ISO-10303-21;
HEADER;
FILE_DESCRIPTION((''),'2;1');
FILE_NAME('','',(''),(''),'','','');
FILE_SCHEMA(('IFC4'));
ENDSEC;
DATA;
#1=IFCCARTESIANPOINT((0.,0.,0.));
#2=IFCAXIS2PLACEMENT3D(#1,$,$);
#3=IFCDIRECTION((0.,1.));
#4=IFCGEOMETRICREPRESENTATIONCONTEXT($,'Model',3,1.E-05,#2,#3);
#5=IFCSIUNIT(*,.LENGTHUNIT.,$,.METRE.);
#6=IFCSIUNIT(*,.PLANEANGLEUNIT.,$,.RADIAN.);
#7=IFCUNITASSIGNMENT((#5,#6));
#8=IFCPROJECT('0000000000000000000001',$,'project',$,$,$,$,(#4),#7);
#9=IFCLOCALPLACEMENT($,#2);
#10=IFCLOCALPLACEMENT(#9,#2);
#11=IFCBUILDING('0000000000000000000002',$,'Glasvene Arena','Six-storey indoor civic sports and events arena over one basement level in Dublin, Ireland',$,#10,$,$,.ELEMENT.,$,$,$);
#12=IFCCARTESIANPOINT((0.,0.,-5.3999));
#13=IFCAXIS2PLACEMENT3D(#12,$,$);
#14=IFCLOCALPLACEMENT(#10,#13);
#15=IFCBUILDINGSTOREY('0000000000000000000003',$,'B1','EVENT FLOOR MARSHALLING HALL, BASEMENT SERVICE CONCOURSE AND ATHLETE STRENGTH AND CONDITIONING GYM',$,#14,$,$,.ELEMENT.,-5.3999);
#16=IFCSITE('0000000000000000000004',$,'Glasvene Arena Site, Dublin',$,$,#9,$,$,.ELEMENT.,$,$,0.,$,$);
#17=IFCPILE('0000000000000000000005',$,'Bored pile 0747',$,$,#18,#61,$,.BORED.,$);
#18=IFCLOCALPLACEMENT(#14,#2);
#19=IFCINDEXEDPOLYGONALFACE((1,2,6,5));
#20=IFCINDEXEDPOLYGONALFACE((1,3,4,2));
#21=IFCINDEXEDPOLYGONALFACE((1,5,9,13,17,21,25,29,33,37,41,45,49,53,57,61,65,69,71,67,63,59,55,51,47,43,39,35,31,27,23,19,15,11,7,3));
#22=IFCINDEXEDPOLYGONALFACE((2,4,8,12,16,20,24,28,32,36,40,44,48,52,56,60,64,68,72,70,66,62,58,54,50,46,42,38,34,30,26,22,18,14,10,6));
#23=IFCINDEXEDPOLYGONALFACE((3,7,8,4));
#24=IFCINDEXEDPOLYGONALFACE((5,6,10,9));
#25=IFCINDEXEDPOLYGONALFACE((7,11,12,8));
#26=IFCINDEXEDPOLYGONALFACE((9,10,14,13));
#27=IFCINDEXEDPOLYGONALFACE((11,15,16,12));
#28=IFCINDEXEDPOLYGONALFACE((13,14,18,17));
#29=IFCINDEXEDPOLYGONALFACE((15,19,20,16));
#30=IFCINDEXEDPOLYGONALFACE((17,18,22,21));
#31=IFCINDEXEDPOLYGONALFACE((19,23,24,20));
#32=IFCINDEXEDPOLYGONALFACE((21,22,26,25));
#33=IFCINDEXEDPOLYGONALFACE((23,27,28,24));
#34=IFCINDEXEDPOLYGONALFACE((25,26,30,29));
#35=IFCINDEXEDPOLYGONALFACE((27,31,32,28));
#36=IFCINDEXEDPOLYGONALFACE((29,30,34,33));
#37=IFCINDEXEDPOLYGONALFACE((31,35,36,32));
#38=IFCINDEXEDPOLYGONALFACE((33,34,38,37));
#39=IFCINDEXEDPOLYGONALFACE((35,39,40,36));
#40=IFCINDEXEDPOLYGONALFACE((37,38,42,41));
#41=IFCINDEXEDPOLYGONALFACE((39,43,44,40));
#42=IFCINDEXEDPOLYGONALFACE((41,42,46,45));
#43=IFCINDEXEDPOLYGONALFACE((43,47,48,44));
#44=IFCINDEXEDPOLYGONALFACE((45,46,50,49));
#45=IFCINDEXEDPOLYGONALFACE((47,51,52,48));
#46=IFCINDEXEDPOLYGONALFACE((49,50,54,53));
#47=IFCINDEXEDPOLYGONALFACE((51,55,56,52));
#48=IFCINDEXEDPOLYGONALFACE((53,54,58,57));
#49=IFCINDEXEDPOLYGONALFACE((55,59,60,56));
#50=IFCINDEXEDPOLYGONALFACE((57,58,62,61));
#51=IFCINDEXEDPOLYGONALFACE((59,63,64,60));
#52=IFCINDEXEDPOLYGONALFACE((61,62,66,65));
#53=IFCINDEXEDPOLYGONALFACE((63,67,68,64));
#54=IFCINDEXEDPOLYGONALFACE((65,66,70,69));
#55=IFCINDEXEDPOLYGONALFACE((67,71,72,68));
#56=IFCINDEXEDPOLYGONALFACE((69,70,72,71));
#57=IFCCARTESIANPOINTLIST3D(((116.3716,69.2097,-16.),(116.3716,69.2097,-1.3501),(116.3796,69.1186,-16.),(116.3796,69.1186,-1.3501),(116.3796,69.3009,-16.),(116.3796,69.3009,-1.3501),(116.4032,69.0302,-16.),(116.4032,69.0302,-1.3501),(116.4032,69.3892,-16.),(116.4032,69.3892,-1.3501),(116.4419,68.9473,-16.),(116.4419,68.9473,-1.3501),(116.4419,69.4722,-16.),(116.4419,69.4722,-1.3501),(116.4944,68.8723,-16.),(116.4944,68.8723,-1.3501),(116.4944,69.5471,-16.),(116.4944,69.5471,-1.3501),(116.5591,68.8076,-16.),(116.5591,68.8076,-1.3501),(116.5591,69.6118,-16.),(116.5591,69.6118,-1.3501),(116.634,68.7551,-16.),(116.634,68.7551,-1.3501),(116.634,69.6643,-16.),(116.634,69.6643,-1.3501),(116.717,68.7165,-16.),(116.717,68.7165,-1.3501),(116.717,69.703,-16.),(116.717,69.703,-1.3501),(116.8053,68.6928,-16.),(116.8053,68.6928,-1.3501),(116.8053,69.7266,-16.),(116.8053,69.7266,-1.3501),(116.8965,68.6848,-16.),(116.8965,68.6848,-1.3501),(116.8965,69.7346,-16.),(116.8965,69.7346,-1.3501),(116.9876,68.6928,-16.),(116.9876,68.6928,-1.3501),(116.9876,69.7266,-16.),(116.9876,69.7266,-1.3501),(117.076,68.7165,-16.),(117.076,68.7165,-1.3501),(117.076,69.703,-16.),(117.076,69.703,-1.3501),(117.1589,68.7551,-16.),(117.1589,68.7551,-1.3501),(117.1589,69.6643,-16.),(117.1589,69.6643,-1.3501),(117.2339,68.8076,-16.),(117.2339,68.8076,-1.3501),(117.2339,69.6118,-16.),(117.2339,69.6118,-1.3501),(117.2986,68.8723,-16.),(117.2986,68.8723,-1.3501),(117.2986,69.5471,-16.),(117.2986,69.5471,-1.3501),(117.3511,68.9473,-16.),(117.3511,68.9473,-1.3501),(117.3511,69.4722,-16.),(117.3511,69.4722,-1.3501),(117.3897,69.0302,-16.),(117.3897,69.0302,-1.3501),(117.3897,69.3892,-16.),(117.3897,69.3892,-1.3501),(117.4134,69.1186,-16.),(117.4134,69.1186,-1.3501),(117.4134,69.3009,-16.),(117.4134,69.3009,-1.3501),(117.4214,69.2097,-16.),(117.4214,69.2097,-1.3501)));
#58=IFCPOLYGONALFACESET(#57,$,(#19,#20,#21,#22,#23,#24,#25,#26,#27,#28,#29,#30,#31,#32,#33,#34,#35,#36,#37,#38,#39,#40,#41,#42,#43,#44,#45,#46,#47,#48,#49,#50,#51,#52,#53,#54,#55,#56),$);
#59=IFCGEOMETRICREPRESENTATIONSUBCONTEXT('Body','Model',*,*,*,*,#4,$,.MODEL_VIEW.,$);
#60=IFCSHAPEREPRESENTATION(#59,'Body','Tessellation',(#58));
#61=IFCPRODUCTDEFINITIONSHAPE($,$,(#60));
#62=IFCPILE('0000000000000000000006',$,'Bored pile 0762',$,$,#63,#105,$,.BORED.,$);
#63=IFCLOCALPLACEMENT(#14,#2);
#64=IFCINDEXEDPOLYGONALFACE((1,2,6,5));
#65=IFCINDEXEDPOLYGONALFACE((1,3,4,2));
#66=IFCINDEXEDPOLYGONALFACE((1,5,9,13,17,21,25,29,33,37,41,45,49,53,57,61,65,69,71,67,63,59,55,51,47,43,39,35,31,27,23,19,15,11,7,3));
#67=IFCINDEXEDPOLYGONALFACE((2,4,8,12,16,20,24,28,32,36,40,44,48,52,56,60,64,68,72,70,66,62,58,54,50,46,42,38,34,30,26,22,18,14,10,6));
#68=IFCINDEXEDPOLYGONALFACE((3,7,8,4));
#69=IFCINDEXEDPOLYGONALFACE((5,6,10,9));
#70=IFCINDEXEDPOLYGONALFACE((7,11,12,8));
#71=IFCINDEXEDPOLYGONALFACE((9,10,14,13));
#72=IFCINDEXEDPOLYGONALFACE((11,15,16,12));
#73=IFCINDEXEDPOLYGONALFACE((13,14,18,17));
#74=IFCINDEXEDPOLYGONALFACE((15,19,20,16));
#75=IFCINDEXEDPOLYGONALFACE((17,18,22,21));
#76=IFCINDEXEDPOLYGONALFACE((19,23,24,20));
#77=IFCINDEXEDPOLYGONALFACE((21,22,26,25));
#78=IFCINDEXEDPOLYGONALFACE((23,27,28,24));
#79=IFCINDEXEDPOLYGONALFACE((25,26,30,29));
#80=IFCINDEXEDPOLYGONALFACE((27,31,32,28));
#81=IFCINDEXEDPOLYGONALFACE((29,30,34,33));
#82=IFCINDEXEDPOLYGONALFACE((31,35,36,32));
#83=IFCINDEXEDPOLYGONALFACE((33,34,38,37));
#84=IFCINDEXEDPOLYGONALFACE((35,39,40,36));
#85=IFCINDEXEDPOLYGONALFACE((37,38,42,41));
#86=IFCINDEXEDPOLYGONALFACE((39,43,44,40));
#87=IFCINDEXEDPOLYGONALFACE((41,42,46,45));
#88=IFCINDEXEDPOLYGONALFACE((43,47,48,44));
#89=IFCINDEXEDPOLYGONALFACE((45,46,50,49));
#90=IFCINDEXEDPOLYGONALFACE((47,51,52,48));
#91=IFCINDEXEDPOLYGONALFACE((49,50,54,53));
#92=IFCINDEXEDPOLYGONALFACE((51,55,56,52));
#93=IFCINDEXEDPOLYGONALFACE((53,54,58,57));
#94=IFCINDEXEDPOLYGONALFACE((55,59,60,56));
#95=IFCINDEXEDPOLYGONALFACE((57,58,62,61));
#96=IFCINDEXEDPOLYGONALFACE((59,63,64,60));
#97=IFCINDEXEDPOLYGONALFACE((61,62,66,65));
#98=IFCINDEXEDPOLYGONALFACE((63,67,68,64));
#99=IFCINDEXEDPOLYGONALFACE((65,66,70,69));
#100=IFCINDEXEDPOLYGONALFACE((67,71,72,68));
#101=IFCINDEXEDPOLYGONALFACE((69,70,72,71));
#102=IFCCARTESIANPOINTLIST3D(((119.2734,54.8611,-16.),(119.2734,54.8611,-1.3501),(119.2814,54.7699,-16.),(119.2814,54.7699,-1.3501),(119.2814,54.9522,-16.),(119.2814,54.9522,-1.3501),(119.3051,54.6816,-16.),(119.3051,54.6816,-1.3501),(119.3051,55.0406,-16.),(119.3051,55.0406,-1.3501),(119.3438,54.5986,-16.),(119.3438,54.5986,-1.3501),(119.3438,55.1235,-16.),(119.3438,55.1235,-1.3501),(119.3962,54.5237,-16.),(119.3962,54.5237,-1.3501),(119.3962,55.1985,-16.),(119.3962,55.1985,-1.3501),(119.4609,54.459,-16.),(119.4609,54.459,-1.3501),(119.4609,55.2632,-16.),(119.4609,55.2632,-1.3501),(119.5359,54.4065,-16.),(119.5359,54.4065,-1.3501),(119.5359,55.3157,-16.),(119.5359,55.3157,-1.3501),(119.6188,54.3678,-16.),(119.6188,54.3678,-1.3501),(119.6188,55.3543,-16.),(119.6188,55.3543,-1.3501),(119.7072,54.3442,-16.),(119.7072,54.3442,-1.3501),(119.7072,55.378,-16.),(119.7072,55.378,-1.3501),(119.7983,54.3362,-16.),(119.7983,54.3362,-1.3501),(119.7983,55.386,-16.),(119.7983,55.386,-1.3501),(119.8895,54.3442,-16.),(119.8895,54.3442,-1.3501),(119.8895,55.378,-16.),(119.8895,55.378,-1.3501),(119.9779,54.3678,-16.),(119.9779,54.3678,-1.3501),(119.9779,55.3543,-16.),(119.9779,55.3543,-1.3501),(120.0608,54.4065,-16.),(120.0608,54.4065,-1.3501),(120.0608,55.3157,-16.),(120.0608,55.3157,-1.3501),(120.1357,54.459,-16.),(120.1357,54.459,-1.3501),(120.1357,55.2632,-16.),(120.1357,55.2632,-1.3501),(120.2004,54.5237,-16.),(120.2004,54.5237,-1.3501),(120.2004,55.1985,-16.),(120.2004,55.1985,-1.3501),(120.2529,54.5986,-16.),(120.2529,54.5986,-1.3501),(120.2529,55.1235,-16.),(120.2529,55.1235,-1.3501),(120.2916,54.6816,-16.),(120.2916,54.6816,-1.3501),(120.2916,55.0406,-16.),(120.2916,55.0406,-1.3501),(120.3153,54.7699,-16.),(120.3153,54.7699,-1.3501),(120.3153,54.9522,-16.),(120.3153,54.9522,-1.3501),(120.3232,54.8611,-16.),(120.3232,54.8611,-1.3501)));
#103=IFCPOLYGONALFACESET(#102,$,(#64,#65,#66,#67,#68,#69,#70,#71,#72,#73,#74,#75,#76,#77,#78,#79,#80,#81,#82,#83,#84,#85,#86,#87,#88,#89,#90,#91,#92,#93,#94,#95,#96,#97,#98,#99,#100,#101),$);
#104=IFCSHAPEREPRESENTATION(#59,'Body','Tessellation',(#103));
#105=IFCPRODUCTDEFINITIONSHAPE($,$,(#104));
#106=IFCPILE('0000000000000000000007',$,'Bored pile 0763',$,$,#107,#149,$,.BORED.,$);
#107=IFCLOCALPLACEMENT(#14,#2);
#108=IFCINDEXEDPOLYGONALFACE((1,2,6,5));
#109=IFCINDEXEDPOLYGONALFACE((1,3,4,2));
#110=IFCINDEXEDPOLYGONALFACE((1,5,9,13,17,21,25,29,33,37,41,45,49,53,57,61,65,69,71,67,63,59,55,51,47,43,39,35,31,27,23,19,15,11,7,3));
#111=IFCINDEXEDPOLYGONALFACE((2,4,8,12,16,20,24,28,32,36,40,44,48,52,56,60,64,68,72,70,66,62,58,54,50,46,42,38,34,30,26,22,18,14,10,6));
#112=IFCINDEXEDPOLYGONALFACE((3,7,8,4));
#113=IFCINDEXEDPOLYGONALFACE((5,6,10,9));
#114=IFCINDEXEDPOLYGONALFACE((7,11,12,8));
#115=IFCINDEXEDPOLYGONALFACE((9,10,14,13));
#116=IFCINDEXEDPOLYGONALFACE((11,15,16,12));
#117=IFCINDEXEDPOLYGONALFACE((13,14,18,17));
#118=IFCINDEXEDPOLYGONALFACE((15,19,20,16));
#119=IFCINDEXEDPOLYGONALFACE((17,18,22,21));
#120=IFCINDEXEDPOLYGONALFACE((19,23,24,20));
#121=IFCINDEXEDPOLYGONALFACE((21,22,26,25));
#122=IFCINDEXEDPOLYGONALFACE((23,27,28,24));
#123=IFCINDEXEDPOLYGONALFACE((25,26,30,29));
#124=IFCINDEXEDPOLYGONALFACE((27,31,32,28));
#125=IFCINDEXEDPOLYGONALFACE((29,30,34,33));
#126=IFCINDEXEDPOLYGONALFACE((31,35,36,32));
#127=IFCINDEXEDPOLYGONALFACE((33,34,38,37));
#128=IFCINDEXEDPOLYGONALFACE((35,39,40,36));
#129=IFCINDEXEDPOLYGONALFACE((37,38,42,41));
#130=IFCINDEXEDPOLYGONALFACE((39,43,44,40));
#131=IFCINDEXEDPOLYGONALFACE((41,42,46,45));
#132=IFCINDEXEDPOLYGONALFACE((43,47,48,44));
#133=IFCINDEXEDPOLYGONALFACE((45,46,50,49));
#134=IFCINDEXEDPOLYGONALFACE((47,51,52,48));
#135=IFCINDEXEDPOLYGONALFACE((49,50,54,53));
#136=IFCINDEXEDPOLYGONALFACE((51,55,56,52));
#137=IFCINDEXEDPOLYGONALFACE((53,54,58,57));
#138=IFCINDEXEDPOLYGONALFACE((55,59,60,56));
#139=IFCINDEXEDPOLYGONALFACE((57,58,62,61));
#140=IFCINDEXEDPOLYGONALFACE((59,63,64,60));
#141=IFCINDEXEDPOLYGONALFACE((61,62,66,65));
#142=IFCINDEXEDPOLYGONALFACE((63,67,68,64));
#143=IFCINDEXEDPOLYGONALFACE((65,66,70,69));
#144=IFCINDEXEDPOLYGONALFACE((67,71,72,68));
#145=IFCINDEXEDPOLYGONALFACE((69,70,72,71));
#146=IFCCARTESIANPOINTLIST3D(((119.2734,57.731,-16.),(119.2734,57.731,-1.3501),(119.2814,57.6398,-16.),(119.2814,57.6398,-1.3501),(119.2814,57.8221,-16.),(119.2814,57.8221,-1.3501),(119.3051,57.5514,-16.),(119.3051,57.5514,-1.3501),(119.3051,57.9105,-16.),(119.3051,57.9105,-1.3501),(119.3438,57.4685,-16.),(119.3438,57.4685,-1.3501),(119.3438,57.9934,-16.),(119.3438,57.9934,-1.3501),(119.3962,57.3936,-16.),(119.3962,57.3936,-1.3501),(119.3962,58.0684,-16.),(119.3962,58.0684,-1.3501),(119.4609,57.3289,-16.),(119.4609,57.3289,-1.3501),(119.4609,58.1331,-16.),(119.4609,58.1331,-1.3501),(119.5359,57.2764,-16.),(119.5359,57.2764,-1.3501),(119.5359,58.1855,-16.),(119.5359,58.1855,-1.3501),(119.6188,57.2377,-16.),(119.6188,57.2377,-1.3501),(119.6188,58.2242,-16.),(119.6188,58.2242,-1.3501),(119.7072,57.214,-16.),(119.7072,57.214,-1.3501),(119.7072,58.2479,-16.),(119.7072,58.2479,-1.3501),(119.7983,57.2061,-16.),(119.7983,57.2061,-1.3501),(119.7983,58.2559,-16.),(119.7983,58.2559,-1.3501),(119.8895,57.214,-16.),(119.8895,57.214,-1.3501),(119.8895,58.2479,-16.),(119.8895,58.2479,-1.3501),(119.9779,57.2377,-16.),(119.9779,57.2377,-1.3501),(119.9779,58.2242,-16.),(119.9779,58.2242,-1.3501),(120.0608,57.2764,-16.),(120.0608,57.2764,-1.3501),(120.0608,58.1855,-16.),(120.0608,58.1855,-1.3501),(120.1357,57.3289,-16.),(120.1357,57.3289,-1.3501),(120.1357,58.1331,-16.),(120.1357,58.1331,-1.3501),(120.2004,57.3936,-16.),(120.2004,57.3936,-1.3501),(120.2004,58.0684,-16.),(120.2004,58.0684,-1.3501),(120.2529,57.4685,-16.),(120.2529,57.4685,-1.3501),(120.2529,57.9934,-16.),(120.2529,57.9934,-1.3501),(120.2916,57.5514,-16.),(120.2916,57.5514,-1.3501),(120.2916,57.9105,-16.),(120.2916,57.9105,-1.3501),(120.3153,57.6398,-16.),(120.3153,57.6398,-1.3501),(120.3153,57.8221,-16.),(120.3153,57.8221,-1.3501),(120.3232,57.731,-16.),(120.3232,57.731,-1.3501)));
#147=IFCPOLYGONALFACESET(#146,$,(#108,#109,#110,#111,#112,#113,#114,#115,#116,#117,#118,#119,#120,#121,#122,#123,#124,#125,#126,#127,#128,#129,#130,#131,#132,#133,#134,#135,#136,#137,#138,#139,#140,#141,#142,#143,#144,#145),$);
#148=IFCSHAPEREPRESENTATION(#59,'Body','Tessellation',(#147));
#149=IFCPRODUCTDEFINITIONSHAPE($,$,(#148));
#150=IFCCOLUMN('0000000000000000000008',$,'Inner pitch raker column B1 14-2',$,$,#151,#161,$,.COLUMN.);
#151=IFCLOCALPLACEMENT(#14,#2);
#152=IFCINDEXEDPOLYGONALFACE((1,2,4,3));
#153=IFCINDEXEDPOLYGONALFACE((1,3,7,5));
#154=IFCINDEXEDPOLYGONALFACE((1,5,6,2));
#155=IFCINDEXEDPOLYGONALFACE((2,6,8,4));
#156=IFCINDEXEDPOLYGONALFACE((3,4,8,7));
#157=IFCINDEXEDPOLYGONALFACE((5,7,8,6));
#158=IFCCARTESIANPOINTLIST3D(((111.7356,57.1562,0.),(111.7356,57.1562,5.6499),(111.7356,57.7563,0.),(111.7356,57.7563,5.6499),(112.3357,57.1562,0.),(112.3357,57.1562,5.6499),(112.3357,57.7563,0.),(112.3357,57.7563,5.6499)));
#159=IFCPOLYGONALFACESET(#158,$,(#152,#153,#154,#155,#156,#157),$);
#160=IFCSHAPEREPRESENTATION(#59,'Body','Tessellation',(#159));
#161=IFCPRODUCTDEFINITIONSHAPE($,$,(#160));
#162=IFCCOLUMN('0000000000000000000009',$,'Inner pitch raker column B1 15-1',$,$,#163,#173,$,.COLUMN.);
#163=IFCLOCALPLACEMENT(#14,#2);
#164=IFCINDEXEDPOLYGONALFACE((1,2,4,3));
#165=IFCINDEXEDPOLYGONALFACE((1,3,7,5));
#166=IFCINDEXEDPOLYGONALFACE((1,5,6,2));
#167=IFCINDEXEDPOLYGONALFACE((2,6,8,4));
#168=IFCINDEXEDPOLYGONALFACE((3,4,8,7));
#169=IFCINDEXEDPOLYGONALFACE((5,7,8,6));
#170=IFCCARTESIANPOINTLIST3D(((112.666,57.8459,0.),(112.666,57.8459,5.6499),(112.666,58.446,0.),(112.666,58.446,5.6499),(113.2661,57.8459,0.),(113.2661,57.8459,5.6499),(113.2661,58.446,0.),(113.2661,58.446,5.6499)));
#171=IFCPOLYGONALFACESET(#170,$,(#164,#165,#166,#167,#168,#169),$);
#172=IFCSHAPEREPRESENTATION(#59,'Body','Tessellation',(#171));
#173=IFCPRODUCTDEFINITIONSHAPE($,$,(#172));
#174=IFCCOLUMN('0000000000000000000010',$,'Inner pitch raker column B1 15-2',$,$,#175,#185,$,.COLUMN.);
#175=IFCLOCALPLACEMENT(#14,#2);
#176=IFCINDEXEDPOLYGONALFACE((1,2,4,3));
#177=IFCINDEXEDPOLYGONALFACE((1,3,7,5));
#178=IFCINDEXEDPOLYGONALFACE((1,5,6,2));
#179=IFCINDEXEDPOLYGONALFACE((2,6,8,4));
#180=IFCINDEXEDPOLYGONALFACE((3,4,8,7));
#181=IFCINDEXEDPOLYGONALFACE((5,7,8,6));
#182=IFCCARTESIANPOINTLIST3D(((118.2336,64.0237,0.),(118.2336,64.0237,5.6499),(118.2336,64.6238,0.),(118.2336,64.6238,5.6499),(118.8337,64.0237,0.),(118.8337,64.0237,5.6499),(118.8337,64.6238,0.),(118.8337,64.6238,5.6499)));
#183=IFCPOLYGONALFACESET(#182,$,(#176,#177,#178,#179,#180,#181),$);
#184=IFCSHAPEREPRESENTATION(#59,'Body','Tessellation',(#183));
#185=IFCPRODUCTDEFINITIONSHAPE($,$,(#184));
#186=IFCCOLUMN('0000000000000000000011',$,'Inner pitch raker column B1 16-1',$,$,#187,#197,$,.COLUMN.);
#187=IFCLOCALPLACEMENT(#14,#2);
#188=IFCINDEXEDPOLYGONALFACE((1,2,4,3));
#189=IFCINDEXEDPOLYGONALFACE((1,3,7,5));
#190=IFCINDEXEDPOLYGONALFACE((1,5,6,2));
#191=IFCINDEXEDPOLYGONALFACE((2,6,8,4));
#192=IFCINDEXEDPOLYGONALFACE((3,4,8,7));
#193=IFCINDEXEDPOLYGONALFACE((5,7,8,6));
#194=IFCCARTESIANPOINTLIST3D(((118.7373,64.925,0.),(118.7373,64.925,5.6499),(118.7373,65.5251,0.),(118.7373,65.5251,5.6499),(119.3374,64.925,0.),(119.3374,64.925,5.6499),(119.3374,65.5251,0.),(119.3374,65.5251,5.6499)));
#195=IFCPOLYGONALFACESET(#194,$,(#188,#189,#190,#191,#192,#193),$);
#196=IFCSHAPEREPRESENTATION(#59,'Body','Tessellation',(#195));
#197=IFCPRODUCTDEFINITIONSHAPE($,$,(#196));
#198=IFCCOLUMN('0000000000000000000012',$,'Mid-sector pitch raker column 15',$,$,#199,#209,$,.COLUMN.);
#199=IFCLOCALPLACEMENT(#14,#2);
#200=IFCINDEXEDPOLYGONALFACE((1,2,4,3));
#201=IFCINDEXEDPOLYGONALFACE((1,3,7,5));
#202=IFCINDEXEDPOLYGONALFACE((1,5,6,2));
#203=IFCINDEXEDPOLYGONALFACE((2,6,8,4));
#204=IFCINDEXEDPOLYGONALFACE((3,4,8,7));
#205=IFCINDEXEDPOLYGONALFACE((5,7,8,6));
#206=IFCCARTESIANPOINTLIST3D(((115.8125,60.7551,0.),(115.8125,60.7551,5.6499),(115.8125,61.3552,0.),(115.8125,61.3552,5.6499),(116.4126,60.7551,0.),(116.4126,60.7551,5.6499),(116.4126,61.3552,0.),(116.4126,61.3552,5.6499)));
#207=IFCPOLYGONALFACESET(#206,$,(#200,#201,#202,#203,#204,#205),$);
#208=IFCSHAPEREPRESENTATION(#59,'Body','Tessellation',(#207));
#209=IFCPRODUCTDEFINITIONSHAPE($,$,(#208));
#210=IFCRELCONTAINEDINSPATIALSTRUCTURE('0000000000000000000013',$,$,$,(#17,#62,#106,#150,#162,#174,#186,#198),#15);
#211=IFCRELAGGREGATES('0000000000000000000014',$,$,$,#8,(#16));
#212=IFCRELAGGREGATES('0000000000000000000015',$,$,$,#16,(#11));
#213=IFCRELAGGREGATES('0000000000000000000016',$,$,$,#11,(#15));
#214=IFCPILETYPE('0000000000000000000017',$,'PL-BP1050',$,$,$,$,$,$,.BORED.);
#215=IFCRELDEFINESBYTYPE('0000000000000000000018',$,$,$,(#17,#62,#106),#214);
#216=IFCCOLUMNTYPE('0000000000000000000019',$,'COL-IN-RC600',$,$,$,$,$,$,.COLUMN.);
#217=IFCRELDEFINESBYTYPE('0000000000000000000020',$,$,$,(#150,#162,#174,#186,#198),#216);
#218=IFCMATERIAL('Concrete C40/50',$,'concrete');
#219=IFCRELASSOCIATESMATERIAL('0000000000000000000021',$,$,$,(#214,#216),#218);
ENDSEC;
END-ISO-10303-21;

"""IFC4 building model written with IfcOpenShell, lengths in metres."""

from ifc_helpers import new_model, si_unit, direction, frame, origin, origin_2d, place, context, subcontext, project, spatial, rectangle, circle, extrude, material, material_profile, profile_set, type_object, element, save


model = new_model("IFC4")

# Units and contexts
model_context = context("Model", 3, precision=1e-05, world=origin(), true_north=direction((0.0, 1.0)))
body_context = subcontext(model_context, "Body", "Model", "MODEL_VIEW")
ifc_project = project(units=[si_unit("LENGTHUNIT", "METRE"), si_unit("PLANEANGLEUNIT", "RADIAN")], contexts=[model_context])

# Site, building, storey
site_placement = place(None, origin())
site = spatial("IfcSite", under=ifc_project, at=site_placement, Name="Glasvene Arena Site, Dublin", CompositionType="ELEMENT", RefElevation=0.0)
building_placement = place(site_placement, origin())
building = spatial("IfcBuilding", under=site, at=building_placement, Name="Glasvene Arena", Description="Six-storey indoor civic sports and events arena over one basement level in Dublin, Ireland", CompositionType="ELEMENT")
storey_placement = place(building_placement, frame((0.0, 0.0, -5.3999)))
storey = spatial("IfcBuildingStorey", under=building, at=storey_placement, Name="B1", Description="EVENT FLOOR MARSHALLING HALL, BASEMENT SERVICE CONCOURSE AND ATHLETE STRENGTH AND CONDITIONING GYM", CompositionType="ELEMENT", Elevation=-5.3999)

# Piles
ifc_material_1 = material(Name="Concrete C40/50", Category="concrete")
ifc_material_profile_1 = material_profile(ifc_material_1, circle(Radius=0.5249, at=origin_2d()), Name="BORED PILE 1050")
ifc_profile_set_1 = profile_set([ifc_material_profile_1], Name="Concrete C40/50")
pile_type = type_object("IfcPileType", Name="PL-BP1050", PredefinedType="BORED", material=ifc_profile_set_1)
for number, where, z_axis, x_axis, name in (
    (1, (116.8965, 69.2097, -1.3501), (0.0, 0.0, -1.0), (1.0, 0.0, 0.0), "Bored pile 0747"),
    (2, (119.7983, 54.8611, -1.3501), (0.0, 0.0, -1.0), (1.0, 0.0, 0.0), "Bored pile 0762"),
    (3, (119.7983, 57.731, -1.3501), (0.0, 0.0, -1.0), (1.0, 0.0, 0.0), "Bored pile 0763"),
):
    element("IfcPile", number, at=place(storey_placement, frame(where, z_axis=z_axis, x_axis=x_axis)), inside=storey, type_object=pile_type, Name=name, PredefinedType="BORED", context=body_context, shape_type="SweptSolid", body=[
        extrude(circle(Radius=0.5249, at=origin_2d()), origin(), (0.0, 0.0, 1.0), 14.6499),
    ])

# Columns
ifc_material_profile_2 = material_profile(ifc_material_1, rectangle(XDim=0.6001, YDim=0.6001, at=origin_2d()), Name="RC 600x600")
ifc_profile_set_2 = profile_set([ifc_material_profile_2], Name="Concrete C40/50")
column_type = type_object("IfcColumnType", Name="COL-IN-RC600", PredefinedType="COLUMN", material=ifc_profile_set_2)
for number, where, z_axis, x_axis, name in (
    (4, (112.0356, 57.4563, 0.0), (0.0, 0.0, 1.0), (1.0, 0.0, 0.0), "Inner pitch raker column B1 14-2"),
    (5, (112.9661, 58.146, 0.0), (0.0, 0.0, 1.0), (1.0, 0.0, 0.0), "Inner pitch raker column B1 15-1"),
    (6, (118.5337, 64.3237, 0.0), (0.0, 0.0, 1.0), (1.0, 0.0, 0.0), "Inner pitch raker column B1 15-2"),
    (7, (119.0374, 65.2251, 0.0), (0.0, 0.0, 1.0), (1.0, 0.0, 0.0), "Inner pitch raker column B1 16-1"),
    (8, (116.1125, 61.0552, 0.0), (0.0, 0.0, 1.0), (1.0, 0.0, 0.0), "Mid-sector pitch raker column 15"),
):
    element("IfcColumn", number, at=place(storey_placement, frame(where, z_axis=z_axis, x_axis=x_axis)), inside=storey, type_object=column_type, Name=name, PredefinedType="COLUMN", context=body_context, shape_type="SweptSolid", body=[
        extrude(rectangle(XDim=0.6001, YDim=0.6001, at=origin_2d()), origin(), (0.0, 0.0, 1.0), 5.6499),
    ])

save(model, "model.ifc")
